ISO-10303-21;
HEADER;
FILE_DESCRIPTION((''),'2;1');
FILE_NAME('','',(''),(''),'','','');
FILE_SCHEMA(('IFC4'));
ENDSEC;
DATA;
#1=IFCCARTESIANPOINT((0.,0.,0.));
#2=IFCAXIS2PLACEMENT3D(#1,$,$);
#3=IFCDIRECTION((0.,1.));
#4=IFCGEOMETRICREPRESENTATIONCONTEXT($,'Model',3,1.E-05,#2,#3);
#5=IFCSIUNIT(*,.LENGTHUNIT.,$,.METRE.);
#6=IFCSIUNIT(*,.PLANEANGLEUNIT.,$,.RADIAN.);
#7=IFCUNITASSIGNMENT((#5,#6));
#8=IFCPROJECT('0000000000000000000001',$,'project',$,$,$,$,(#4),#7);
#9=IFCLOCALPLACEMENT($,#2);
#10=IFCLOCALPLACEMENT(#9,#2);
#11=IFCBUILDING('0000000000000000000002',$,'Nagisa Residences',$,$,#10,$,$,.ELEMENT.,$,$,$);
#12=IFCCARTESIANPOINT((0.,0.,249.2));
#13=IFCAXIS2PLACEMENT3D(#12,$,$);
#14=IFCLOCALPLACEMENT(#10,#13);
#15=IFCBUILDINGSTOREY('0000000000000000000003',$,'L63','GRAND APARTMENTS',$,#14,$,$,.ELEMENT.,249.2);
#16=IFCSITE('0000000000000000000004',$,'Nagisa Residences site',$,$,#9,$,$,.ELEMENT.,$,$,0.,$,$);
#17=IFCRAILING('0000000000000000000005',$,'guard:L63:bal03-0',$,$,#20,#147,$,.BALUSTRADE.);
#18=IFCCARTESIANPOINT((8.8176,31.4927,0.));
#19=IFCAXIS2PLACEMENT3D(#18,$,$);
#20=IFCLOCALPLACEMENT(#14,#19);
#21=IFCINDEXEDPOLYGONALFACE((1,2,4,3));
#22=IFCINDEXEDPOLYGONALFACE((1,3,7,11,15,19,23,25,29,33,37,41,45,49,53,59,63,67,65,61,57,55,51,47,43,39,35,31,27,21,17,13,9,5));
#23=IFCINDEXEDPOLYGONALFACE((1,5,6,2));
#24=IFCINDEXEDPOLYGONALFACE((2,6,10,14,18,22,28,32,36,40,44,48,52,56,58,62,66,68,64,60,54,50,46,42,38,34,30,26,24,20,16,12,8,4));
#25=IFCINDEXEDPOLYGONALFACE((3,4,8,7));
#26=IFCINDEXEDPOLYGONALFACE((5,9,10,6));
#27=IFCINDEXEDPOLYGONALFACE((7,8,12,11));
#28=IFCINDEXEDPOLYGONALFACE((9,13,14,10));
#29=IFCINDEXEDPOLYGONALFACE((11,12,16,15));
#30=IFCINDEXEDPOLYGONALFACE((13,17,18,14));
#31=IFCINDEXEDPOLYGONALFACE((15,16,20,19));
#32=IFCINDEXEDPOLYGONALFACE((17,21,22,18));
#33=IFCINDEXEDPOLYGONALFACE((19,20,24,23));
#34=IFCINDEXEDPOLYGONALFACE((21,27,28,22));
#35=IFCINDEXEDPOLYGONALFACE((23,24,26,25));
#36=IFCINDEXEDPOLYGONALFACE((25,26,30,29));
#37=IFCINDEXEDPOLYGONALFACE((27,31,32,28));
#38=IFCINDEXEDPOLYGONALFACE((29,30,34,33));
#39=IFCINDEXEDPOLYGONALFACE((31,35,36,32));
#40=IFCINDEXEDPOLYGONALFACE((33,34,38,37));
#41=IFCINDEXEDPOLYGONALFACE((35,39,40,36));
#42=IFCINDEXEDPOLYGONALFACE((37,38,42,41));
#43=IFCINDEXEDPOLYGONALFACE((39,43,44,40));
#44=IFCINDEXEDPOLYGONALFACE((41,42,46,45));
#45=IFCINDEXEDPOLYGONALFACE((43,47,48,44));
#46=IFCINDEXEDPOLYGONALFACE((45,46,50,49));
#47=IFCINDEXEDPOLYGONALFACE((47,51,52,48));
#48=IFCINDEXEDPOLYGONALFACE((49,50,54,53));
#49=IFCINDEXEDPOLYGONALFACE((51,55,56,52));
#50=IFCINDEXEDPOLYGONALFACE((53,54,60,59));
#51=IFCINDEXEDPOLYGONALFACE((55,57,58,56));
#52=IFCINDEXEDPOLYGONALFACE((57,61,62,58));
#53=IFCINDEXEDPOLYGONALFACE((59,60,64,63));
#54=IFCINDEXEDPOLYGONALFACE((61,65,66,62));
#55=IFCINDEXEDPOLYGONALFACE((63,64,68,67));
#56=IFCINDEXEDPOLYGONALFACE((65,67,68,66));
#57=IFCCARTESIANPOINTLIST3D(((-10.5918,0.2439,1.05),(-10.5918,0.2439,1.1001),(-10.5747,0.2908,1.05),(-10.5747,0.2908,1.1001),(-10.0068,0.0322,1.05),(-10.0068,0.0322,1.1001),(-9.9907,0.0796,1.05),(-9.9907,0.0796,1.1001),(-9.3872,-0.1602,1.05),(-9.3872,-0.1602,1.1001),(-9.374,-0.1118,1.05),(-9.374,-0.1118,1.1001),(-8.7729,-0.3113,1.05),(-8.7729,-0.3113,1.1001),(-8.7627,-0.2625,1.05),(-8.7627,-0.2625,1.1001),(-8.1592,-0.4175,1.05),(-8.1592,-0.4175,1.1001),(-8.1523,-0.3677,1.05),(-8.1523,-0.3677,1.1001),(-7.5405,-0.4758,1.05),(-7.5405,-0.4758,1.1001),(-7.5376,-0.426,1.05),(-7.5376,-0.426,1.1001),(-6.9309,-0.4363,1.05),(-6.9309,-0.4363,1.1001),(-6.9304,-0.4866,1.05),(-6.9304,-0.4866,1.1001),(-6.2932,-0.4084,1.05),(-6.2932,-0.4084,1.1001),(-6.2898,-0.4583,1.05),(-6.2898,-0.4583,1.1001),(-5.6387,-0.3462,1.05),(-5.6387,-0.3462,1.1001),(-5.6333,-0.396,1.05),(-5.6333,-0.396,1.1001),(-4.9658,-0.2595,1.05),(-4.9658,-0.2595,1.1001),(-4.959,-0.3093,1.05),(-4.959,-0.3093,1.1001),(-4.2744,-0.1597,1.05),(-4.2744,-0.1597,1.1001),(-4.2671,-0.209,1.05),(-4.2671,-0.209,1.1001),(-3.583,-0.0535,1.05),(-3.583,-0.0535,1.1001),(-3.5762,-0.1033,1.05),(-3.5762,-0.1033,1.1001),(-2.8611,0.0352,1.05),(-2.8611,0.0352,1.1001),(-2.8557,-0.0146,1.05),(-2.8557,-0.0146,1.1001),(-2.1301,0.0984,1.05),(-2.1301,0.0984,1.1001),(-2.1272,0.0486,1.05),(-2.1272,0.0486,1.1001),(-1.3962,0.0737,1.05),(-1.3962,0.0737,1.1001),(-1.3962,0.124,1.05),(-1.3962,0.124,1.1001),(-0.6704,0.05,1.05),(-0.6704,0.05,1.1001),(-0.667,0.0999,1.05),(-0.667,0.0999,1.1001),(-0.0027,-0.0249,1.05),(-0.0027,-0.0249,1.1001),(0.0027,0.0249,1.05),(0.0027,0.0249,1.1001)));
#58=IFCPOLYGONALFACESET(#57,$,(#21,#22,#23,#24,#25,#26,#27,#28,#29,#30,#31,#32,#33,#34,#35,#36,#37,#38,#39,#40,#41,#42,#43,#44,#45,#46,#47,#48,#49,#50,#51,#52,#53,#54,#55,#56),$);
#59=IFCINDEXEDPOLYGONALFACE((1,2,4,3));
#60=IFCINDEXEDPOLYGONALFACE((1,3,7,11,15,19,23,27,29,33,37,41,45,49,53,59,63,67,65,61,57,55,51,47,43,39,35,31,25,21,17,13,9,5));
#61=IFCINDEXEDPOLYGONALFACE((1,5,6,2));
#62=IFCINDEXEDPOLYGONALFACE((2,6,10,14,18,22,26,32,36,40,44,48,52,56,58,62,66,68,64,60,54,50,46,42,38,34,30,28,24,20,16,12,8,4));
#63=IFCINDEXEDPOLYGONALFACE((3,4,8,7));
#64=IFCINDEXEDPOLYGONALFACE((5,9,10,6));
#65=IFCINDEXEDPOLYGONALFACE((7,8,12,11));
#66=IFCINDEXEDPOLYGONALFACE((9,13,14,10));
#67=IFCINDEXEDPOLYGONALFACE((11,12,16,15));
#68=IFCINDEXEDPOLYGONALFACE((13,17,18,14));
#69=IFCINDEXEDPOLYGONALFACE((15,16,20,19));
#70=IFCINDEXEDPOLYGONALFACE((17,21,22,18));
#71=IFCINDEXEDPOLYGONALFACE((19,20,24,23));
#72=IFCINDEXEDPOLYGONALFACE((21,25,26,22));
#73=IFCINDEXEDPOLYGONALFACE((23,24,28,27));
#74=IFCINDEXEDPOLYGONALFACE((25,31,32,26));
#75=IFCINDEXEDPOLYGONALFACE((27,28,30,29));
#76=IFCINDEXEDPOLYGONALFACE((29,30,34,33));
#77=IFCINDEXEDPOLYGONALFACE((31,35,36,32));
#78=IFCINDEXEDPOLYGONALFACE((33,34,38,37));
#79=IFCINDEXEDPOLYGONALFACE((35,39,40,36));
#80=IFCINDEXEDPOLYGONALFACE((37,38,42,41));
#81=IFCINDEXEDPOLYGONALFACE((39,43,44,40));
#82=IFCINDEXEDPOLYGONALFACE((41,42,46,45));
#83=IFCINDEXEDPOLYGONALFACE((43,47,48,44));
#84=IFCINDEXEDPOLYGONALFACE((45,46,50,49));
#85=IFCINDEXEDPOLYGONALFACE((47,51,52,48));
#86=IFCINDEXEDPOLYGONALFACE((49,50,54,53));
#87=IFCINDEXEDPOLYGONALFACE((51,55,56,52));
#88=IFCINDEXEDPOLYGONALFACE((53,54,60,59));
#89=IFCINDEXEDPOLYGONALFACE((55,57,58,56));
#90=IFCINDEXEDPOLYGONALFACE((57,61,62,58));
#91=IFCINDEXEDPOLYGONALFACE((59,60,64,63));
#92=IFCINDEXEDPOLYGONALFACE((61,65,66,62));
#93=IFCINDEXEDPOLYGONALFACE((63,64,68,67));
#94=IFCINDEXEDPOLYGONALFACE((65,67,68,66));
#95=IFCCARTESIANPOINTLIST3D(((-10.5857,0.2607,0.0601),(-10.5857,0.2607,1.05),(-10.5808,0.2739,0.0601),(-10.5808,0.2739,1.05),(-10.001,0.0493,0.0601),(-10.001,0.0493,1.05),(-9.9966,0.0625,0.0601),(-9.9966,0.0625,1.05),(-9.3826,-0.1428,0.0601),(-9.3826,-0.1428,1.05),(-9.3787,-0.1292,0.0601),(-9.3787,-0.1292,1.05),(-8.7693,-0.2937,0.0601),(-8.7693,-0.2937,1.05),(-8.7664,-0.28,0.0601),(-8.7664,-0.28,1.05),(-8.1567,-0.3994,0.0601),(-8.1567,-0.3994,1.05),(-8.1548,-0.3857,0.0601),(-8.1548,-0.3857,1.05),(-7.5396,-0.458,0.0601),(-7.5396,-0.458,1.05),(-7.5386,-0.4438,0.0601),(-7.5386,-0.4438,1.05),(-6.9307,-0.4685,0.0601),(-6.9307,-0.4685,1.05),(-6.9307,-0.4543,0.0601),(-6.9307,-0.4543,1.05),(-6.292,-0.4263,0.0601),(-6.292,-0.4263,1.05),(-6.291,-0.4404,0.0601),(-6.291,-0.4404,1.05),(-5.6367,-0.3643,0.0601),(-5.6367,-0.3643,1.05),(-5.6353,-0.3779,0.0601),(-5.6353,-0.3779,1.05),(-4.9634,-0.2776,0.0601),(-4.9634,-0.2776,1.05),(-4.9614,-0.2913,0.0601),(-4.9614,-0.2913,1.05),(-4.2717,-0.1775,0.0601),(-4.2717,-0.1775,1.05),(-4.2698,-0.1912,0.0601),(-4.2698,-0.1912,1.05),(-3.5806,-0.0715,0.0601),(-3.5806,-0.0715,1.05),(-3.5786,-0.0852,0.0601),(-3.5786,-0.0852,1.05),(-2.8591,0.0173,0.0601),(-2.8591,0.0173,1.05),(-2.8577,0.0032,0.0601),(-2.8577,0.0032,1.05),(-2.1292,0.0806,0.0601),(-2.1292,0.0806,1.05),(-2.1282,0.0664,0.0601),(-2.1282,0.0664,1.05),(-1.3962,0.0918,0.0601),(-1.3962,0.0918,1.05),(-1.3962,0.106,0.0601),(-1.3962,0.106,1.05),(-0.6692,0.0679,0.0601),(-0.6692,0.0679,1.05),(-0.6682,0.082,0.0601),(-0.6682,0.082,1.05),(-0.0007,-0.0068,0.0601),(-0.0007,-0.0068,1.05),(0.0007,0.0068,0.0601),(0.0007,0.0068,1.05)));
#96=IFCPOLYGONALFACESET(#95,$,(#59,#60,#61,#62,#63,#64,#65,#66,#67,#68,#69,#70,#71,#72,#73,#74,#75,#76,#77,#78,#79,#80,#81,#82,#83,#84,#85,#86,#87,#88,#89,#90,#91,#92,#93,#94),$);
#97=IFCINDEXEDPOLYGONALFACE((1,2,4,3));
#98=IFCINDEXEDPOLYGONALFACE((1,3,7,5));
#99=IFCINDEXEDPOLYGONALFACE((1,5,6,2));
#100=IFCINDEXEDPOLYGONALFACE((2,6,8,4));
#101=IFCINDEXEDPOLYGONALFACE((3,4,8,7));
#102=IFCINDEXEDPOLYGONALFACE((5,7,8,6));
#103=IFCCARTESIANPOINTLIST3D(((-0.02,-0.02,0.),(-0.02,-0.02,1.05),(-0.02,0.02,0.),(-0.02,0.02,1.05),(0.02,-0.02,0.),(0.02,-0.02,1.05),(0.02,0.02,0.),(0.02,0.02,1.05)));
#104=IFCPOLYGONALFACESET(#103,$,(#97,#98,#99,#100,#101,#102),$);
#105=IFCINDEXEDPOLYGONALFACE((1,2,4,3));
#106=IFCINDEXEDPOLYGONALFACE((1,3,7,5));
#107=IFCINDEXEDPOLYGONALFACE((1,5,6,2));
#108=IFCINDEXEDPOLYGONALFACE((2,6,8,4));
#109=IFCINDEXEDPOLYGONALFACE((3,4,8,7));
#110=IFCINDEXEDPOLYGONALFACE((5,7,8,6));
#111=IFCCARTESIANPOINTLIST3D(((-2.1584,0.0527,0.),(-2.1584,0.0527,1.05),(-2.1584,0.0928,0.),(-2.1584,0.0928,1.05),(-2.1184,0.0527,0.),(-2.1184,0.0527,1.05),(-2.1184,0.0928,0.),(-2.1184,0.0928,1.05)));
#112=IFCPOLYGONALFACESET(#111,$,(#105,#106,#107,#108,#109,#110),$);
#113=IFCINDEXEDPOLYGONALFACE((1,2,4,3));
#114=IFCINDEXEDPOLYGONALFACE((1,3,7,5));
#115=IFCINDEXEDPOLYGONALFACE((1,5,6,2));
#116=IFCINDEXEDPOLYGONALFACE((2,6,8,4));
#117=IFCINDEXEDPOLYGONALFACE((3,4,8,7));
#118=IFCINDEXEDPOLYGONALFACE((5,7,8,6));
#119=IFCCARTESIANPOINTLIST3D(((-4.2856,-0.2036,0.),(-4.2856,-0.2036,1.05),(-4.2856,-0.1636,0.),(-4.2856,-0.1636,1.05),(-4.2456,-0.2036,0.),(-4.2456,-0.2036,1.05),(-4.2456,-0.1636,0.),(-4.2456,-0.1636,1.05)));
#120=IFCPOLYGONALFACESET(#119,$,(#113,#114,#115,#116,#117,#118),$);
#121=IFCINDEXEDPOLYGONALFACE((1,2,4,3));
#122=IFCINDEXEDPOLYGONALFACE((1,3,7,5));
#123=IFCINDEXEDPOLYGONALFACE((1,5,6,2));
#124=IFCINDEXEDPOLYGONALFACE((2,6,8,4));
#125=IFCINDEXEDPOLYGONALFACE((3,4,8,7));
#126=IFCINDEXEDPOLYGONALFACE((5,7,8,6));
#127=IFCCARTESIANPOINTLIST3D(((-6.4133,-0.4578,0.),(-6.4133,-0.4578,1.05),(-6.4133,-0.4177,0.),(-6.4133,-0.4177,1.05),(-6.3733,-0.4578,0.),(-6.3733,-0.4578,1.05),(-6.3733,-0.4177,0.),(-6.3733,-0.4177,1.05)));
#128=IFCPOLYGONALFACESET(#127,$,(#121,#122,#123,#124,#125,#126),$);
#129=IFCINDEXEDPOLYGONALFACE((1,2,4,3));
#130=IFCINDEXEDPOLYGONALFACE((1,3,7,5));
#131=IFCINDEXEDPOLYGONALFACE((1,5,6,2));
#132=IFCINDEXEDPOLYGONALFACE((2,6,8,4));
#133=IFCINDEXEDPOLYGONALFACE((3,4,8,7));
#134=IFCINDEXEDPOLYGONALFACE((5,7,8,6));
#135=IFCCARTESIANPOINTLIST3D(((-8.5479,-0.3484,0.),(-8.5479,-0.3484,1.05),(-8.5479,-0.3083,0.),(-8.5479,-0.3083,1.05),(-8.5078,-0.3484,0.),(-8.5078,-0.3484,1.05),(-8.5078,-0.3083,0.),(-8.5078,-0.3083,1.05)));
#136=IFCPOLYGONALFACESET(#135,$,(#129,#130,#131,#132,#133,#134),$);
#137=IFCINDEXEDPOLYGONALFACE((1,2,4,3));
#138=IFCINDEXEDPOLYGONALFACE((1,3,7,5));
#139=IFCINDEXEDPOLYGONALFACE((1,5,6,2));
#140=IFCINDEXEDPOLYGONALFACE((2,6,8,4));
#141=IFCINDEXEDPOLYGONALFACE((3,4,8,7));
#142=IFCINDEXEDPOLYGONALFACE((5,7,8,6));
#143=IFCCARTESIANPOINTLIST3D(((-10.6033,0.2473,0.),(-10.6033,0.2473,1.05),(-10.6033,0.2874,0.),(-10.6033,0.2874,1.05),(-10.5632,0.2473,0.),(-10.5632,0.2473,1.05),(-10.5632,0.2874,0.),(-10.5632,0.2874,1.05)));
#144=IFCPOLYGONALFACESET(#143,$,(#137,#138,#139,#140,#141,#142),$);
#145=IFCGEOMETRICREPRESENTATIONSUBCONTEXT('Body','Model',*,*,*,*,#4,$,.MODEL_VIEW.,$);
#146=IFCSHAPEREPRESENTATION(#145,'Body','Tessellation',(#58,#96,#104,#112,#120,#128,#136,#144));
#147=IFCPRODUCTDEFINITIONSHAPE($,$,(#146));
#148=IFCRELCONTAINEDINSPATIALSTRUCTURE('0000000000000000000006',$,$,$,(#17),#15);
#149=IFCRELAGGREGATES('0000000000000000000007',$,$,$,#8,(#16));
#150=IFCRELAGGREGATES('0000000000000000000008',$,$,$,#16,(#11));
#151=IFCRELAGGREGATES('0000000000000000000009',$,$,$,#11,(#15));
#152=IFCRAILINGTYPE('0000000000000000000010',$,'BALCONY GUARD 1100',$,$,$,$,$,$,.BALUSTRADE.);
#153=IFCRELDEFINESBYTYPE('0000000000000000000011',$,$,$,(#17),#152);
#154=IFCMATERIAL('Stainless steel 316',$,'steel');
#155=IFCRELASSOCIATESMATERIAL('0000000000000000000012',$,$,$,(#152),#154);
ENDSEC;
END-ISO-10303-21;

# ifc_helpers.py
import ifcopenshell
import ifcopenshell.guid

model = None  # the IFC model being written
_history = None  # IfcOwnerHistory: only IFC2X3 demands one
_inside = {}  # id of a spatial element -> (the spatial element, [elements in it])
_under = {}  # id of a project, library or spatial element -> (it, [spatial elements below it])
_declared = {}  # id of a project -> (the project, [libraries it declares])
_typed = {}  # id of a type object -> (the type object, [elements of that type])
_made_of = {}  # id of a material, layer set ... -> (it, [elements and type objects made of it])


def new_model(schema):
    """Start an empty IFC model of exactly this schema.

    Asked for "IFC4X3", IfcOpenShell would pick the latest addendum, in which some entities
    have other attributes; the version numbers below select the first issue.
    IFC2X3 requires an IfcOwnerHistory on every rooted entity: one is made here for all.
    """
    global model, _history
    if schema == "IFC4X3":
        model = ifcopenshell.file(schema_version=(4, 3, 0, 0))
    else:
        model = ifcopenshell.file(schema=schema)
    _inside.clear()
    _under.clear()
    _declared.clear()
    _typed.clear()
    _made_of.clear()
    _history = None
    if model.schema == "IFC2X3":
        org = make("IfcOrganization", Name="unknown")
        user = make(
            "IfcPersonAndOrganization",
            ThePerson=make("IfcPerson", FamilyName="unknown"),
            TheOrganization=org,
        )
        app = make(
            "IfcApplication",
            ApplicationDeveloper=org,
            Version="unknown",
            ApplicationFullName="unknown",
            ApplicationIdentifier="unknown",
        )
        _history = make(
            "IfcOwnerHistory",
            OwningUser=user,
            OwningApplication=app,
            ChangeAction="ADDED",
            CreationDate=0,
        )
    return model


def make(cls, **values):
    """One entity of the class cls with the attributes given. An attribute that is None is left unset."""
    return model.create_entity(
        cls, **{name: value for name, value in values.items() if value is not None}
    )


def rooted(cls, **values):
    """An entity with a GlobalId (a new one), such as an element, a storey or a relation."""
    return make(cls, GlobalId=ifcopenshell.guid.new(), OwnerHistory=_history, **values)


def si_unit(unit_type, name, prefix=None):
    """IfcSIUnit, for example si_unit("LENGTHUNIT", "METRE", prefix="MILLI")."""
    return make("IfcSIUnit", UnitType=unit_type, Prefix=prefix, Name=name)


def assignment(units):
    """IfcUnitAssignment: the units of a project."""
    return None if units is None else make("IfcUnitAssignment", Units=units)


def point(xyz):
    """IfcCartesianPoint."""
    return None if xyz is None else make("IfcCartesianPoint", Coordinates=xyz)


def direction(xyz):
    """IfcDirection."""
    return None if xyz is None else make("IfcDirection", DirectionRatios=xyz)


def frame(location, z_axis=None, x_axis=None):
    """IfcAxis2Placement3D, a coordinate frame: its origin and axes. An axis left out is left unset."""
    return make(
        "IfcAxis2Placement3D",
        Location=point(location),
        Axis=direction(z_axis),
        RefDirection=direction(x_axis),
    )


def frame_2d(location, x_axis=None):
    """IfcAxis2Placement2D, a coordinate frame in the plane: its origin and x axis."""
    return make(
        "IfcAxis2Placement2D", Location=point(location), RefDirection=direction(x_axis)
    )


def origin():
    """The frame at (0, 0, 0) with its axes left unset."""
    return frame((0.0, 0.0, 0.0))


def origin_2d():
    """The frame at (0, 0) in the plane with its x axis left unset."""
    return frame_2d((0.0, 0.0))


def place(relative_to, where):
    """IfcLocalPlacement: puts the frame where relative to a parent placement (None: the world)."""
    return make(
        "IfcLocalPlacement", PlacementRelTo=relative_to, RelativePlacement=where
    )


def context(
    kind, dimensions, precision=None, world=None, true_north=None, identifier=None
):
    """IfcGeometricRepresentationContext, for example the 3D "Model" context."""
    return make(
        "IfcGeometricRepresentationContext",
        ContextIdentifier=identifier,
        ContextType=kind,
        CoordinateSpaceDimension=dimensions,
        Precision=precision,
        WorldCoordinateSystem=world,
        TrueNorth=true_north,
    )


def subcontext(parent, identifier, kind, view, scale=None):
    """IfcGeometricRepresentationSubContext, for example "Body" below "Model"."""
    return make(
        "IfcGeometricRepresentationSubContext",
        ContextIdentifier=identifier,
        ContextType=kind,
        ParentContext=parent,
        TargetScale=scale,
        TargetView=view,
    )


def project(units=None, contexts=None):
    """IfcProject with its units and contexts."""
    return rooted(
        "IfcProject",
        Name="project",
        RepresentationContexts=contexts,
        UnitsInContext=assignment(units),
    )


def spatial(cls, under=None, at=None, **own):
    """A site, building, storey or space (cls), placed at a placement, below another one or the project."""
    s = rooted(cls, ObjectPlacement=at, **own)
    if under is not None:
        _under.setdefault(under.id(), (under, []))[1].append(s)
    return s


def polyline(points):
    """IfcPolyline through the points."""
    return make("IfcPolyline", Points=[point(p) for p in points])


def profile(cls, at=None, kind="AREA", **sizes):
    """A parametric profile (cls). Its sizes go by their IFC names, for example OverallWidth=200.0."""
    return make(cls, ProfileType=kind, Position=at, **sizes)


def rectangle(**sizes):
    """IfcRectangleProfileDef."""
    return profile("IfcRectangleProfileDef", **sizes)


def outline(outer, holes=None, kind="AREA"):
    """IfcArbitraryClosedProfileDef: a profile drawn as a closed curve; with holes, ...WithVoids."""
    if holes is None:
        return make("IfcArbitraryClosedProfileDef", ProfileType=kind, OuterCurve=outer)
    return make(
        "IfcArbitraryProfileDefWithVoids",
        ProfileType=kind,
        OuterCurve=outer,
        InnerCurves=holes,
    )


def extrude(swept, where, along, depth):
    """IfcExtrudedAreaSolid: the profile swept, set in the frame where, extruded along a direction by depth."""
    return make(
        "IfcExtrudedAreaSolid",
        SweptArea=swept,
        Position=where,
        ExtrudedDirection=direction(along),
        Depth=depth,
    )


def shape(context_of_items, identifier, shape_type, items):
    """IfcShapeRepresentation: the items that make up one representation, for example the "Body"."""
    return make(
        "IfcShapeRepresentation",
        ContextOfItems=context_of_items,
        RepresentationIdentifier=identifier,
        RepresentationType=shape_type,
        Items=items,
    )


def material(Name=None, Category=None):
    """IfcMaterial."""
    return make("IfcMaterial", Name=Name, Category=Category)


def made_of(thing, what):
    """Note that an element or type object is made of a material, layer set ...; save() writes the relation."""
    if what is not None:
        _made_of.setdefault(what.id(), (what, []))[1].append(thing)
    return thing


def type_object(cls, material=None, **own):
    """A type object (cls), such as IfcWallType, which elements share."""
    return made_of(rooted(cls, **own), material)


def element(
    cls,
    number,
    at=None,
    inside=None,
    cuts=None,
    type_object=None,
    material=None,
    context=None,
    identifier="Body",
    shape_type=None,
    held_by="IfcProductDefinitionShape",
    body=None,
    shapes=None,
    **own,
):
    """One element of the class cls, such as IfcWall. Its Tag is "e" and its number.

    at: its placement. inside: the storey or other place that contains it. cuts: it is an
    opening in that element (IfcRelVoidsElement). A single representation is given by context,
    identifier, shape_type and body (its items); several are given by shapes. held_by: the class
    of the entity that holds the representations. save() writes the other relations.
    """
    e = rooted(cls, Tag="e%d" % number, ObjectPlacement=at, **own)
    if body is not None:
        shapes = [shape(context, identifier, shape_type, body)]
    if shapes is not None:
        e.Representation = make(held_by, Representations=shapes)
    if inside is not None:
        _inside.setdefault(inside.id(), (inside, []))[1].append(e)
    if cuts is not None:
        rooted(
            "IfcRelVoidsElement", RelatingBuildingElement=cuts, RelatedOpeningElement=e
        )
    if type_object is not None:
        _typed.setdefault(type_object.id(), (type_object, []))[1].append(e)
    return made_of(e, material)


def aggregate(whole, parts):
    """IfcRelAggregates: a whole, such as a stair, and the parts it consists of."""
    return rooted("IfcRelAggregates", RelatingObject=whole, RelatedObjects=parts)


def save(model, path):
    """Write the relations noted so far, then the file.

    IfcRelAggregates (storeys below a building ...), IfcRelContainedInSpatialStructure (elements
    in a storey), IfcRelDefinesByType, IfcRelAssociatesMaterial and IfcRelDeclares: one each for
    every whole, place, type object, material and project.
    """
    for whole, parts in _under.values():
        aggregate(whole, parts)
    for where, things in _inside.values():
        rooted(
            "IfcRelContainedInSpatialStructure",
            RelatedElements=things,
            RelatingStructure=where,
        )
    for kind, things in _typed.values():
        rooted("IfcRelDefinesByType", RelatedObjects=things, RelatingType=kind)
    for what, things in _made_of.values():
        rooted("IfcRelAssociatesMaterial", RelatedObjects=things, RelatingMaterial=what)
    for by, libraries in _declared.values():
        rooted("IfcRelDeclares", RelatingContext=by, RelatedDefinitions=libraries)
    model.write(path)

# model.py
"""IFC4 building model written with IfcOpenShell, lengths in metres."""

from ifc_helpers import new_model, si_unit, direction, frame, origin, origin_2d, place, context, subcontext, project, spatial, polyline, rectangle, outline, extrude, material, type_object, element, save


model = new_model("IFC4")

# Units and contexts
model_context = context("Model", 3, precision=1e-05, world=origin(), true_north=direction((0.0, 1.0)))
body_context = subcontext(model_context, "Body", "Model", "MODEL_VIEW")
ifc_project = project(units=[si_unit("LENGTHUNIT", "METRE"), si_unit("PLANEANGLEUNIT", "RADIAN")], contexts=[model_context])

# Site, building, storey
site_placement = place(None, origin())
site = spatial("IfcSite", under=ifc_project, at=site_placement, Name="Nagisa Residences site", CompositionType="ELEMENT", RefElevation=0.0)
building_placement = place(site_placement, origin())
building = spatial("IfcBuilding", under=site, at=building_placement, Name="Nagisa Residences", CompositionType="ELEMENT")
storey_placement = place(building_placement, frame((0.0, 0.0, 249.2)))
storey = spatial("IfcBuildingStorey", under=building, at=storey_placement, Name="L63", Description="GRAND APARTMENTS", CompositionType="ELEMENT", Elevation=249.2)

# Railing
ifc_material_1 = material(Name="Stainless steel 316", Category="steel")
railing_type = type_object("IfcRailingType", Name="BALCONY GUARD 1100", PredefinedType="BALUSTRADE", material=ifc_material_1)
railing_placement = place(storey_placement, frame((8.8176, 31.4927, 0.0)))
element("IfcRailing", 1, at=railing_placement, inside=storey, type_object=railing_type, Name="guard:L63:bal03-0", PredefinedType="BALUSTRADE", context=body_context, shape_type="SweptSolid", body=[
    extrude(outline(polyline([(-0.6704, 0.05), (-0.0027, -0.0249), (0.0027, 0.0249), (-0.667, 0.0999), (-1.3962, 0.124), (-2.1301, 0.0984), (-2.8611, 0.0352), (-3.583, -0.0535), (-4.2744, -0.1597), (-4.9658, -0.2595), (-5.6387, -0.3462), (-6.2932, -0.4084), (-6.9309, -0.4363), (-7.5376, -0.426), (-8.1523, -0.3677), (-8.7627, -0.2625), (-9.374, -0.1118), (-9.9907, 0.0796), (-10.5747, 0.2908), (-10.5918, 0.2439), (-10.0068, 0.0322), (-9.3872, -0.1602), (-8.7729, -0.3113), (-8.1592, -0.4175), (-7.5405, -0.4758), (-6.9304, -0.4866), (-6.2898, -0.4583), (-5.6333, -0.396), (-4.959, -0.3093), (-4.2671, -0.209), (-3.5762, -0.1033), (-2.8557, -0.0146), (-2.1272, 0.0486), (-1.3962, 0.0737), (-0.6704, 0.05)])), frame((0.0, 0.0, 1.05)), (0.0, 0.0, 1.0), 0.05),
    extrude(outline(polyline([(-0.6692, 0.0679), (-0.0007, -0.0068), (0.0007, 0.0068), (-0.6682, 0.082), (-1.3962, 0.106), (-2.1292, 0.0806), (-2.8591, 0.0173), (-3.5806, -0.0715), (-4.2717, -0.1775), (-4.9634, -0.2776), (-5.6367, -0.3643), (-6.292, -0.4263), (-6.9307, -0.4543), (-7.5386, -0.4438), (-8.1548, -0.3857), (-8.7664, -0.28), (-9.3787, -0.1292), (-9.9966, 0.0625), (-10.5808, 0.2739), (-10.5857, 0.2607), (-10.001, 0.0493), (-9.3826, -0.1428), (-8.7693, -0.2937), (-8.1567, -0.3994), (-7.5396, -0.458), (-6.9307, -0.4685), (-6.291, -0.4404), (-5.6353, -0.3779), (-4.9614, -0.2913), (-4.2698, -0.1912), (-3.5786, -0.0852), (-2.8577, 0.0032), (-2.1282, 0.0664), (-1.3962, 0.0918), (-0.6692, 0.0679)])), frame((0.0, 0.0, 0.0601)), (0.0, 0.0, 1.0), 0.99),
    extrude(rectangle(XDim=0.04, YDim=0.04, at=origin_2d()), origin(), (0.0, 0.0, 1.0), 1.05),
    extrude(rectangle(XDim=0.04, YDim=0.04, at=origin_2d()), frame((-2.1384, 0.0728, 0.0)), (0.0, 0.0, 1.0), 1.05),
    extrude(rectangle(XDim=0.04, YDim=0.04, at=origin_2d()), frame((-4.2656, -0.1836, 0.0)), (0.0, 0.0, 1.0), 1.05),
    extrude(rectangle(XDim=0.04, YDim=0.04, at=origin_2d()), frame((-6.3933, -0.4377, 0.0)), (0.0, 0.0, 1.0), 1.05),
    extrude(rectangle(XDim=0.04, YDim=0.04, at=origin_2d()), frame((-8.5278, -0.3284, 0.0)), (0.0, 0.0, 1.0), 1.05),
    extrude(rectangle(XDim=0.04, YDim=0.04, at=origin_2d()), frame((-10.5833, 0.2673, 0.0)), (0.0, 0.0, 1.0), 1.05),
])

save(model, "model.ifc")
